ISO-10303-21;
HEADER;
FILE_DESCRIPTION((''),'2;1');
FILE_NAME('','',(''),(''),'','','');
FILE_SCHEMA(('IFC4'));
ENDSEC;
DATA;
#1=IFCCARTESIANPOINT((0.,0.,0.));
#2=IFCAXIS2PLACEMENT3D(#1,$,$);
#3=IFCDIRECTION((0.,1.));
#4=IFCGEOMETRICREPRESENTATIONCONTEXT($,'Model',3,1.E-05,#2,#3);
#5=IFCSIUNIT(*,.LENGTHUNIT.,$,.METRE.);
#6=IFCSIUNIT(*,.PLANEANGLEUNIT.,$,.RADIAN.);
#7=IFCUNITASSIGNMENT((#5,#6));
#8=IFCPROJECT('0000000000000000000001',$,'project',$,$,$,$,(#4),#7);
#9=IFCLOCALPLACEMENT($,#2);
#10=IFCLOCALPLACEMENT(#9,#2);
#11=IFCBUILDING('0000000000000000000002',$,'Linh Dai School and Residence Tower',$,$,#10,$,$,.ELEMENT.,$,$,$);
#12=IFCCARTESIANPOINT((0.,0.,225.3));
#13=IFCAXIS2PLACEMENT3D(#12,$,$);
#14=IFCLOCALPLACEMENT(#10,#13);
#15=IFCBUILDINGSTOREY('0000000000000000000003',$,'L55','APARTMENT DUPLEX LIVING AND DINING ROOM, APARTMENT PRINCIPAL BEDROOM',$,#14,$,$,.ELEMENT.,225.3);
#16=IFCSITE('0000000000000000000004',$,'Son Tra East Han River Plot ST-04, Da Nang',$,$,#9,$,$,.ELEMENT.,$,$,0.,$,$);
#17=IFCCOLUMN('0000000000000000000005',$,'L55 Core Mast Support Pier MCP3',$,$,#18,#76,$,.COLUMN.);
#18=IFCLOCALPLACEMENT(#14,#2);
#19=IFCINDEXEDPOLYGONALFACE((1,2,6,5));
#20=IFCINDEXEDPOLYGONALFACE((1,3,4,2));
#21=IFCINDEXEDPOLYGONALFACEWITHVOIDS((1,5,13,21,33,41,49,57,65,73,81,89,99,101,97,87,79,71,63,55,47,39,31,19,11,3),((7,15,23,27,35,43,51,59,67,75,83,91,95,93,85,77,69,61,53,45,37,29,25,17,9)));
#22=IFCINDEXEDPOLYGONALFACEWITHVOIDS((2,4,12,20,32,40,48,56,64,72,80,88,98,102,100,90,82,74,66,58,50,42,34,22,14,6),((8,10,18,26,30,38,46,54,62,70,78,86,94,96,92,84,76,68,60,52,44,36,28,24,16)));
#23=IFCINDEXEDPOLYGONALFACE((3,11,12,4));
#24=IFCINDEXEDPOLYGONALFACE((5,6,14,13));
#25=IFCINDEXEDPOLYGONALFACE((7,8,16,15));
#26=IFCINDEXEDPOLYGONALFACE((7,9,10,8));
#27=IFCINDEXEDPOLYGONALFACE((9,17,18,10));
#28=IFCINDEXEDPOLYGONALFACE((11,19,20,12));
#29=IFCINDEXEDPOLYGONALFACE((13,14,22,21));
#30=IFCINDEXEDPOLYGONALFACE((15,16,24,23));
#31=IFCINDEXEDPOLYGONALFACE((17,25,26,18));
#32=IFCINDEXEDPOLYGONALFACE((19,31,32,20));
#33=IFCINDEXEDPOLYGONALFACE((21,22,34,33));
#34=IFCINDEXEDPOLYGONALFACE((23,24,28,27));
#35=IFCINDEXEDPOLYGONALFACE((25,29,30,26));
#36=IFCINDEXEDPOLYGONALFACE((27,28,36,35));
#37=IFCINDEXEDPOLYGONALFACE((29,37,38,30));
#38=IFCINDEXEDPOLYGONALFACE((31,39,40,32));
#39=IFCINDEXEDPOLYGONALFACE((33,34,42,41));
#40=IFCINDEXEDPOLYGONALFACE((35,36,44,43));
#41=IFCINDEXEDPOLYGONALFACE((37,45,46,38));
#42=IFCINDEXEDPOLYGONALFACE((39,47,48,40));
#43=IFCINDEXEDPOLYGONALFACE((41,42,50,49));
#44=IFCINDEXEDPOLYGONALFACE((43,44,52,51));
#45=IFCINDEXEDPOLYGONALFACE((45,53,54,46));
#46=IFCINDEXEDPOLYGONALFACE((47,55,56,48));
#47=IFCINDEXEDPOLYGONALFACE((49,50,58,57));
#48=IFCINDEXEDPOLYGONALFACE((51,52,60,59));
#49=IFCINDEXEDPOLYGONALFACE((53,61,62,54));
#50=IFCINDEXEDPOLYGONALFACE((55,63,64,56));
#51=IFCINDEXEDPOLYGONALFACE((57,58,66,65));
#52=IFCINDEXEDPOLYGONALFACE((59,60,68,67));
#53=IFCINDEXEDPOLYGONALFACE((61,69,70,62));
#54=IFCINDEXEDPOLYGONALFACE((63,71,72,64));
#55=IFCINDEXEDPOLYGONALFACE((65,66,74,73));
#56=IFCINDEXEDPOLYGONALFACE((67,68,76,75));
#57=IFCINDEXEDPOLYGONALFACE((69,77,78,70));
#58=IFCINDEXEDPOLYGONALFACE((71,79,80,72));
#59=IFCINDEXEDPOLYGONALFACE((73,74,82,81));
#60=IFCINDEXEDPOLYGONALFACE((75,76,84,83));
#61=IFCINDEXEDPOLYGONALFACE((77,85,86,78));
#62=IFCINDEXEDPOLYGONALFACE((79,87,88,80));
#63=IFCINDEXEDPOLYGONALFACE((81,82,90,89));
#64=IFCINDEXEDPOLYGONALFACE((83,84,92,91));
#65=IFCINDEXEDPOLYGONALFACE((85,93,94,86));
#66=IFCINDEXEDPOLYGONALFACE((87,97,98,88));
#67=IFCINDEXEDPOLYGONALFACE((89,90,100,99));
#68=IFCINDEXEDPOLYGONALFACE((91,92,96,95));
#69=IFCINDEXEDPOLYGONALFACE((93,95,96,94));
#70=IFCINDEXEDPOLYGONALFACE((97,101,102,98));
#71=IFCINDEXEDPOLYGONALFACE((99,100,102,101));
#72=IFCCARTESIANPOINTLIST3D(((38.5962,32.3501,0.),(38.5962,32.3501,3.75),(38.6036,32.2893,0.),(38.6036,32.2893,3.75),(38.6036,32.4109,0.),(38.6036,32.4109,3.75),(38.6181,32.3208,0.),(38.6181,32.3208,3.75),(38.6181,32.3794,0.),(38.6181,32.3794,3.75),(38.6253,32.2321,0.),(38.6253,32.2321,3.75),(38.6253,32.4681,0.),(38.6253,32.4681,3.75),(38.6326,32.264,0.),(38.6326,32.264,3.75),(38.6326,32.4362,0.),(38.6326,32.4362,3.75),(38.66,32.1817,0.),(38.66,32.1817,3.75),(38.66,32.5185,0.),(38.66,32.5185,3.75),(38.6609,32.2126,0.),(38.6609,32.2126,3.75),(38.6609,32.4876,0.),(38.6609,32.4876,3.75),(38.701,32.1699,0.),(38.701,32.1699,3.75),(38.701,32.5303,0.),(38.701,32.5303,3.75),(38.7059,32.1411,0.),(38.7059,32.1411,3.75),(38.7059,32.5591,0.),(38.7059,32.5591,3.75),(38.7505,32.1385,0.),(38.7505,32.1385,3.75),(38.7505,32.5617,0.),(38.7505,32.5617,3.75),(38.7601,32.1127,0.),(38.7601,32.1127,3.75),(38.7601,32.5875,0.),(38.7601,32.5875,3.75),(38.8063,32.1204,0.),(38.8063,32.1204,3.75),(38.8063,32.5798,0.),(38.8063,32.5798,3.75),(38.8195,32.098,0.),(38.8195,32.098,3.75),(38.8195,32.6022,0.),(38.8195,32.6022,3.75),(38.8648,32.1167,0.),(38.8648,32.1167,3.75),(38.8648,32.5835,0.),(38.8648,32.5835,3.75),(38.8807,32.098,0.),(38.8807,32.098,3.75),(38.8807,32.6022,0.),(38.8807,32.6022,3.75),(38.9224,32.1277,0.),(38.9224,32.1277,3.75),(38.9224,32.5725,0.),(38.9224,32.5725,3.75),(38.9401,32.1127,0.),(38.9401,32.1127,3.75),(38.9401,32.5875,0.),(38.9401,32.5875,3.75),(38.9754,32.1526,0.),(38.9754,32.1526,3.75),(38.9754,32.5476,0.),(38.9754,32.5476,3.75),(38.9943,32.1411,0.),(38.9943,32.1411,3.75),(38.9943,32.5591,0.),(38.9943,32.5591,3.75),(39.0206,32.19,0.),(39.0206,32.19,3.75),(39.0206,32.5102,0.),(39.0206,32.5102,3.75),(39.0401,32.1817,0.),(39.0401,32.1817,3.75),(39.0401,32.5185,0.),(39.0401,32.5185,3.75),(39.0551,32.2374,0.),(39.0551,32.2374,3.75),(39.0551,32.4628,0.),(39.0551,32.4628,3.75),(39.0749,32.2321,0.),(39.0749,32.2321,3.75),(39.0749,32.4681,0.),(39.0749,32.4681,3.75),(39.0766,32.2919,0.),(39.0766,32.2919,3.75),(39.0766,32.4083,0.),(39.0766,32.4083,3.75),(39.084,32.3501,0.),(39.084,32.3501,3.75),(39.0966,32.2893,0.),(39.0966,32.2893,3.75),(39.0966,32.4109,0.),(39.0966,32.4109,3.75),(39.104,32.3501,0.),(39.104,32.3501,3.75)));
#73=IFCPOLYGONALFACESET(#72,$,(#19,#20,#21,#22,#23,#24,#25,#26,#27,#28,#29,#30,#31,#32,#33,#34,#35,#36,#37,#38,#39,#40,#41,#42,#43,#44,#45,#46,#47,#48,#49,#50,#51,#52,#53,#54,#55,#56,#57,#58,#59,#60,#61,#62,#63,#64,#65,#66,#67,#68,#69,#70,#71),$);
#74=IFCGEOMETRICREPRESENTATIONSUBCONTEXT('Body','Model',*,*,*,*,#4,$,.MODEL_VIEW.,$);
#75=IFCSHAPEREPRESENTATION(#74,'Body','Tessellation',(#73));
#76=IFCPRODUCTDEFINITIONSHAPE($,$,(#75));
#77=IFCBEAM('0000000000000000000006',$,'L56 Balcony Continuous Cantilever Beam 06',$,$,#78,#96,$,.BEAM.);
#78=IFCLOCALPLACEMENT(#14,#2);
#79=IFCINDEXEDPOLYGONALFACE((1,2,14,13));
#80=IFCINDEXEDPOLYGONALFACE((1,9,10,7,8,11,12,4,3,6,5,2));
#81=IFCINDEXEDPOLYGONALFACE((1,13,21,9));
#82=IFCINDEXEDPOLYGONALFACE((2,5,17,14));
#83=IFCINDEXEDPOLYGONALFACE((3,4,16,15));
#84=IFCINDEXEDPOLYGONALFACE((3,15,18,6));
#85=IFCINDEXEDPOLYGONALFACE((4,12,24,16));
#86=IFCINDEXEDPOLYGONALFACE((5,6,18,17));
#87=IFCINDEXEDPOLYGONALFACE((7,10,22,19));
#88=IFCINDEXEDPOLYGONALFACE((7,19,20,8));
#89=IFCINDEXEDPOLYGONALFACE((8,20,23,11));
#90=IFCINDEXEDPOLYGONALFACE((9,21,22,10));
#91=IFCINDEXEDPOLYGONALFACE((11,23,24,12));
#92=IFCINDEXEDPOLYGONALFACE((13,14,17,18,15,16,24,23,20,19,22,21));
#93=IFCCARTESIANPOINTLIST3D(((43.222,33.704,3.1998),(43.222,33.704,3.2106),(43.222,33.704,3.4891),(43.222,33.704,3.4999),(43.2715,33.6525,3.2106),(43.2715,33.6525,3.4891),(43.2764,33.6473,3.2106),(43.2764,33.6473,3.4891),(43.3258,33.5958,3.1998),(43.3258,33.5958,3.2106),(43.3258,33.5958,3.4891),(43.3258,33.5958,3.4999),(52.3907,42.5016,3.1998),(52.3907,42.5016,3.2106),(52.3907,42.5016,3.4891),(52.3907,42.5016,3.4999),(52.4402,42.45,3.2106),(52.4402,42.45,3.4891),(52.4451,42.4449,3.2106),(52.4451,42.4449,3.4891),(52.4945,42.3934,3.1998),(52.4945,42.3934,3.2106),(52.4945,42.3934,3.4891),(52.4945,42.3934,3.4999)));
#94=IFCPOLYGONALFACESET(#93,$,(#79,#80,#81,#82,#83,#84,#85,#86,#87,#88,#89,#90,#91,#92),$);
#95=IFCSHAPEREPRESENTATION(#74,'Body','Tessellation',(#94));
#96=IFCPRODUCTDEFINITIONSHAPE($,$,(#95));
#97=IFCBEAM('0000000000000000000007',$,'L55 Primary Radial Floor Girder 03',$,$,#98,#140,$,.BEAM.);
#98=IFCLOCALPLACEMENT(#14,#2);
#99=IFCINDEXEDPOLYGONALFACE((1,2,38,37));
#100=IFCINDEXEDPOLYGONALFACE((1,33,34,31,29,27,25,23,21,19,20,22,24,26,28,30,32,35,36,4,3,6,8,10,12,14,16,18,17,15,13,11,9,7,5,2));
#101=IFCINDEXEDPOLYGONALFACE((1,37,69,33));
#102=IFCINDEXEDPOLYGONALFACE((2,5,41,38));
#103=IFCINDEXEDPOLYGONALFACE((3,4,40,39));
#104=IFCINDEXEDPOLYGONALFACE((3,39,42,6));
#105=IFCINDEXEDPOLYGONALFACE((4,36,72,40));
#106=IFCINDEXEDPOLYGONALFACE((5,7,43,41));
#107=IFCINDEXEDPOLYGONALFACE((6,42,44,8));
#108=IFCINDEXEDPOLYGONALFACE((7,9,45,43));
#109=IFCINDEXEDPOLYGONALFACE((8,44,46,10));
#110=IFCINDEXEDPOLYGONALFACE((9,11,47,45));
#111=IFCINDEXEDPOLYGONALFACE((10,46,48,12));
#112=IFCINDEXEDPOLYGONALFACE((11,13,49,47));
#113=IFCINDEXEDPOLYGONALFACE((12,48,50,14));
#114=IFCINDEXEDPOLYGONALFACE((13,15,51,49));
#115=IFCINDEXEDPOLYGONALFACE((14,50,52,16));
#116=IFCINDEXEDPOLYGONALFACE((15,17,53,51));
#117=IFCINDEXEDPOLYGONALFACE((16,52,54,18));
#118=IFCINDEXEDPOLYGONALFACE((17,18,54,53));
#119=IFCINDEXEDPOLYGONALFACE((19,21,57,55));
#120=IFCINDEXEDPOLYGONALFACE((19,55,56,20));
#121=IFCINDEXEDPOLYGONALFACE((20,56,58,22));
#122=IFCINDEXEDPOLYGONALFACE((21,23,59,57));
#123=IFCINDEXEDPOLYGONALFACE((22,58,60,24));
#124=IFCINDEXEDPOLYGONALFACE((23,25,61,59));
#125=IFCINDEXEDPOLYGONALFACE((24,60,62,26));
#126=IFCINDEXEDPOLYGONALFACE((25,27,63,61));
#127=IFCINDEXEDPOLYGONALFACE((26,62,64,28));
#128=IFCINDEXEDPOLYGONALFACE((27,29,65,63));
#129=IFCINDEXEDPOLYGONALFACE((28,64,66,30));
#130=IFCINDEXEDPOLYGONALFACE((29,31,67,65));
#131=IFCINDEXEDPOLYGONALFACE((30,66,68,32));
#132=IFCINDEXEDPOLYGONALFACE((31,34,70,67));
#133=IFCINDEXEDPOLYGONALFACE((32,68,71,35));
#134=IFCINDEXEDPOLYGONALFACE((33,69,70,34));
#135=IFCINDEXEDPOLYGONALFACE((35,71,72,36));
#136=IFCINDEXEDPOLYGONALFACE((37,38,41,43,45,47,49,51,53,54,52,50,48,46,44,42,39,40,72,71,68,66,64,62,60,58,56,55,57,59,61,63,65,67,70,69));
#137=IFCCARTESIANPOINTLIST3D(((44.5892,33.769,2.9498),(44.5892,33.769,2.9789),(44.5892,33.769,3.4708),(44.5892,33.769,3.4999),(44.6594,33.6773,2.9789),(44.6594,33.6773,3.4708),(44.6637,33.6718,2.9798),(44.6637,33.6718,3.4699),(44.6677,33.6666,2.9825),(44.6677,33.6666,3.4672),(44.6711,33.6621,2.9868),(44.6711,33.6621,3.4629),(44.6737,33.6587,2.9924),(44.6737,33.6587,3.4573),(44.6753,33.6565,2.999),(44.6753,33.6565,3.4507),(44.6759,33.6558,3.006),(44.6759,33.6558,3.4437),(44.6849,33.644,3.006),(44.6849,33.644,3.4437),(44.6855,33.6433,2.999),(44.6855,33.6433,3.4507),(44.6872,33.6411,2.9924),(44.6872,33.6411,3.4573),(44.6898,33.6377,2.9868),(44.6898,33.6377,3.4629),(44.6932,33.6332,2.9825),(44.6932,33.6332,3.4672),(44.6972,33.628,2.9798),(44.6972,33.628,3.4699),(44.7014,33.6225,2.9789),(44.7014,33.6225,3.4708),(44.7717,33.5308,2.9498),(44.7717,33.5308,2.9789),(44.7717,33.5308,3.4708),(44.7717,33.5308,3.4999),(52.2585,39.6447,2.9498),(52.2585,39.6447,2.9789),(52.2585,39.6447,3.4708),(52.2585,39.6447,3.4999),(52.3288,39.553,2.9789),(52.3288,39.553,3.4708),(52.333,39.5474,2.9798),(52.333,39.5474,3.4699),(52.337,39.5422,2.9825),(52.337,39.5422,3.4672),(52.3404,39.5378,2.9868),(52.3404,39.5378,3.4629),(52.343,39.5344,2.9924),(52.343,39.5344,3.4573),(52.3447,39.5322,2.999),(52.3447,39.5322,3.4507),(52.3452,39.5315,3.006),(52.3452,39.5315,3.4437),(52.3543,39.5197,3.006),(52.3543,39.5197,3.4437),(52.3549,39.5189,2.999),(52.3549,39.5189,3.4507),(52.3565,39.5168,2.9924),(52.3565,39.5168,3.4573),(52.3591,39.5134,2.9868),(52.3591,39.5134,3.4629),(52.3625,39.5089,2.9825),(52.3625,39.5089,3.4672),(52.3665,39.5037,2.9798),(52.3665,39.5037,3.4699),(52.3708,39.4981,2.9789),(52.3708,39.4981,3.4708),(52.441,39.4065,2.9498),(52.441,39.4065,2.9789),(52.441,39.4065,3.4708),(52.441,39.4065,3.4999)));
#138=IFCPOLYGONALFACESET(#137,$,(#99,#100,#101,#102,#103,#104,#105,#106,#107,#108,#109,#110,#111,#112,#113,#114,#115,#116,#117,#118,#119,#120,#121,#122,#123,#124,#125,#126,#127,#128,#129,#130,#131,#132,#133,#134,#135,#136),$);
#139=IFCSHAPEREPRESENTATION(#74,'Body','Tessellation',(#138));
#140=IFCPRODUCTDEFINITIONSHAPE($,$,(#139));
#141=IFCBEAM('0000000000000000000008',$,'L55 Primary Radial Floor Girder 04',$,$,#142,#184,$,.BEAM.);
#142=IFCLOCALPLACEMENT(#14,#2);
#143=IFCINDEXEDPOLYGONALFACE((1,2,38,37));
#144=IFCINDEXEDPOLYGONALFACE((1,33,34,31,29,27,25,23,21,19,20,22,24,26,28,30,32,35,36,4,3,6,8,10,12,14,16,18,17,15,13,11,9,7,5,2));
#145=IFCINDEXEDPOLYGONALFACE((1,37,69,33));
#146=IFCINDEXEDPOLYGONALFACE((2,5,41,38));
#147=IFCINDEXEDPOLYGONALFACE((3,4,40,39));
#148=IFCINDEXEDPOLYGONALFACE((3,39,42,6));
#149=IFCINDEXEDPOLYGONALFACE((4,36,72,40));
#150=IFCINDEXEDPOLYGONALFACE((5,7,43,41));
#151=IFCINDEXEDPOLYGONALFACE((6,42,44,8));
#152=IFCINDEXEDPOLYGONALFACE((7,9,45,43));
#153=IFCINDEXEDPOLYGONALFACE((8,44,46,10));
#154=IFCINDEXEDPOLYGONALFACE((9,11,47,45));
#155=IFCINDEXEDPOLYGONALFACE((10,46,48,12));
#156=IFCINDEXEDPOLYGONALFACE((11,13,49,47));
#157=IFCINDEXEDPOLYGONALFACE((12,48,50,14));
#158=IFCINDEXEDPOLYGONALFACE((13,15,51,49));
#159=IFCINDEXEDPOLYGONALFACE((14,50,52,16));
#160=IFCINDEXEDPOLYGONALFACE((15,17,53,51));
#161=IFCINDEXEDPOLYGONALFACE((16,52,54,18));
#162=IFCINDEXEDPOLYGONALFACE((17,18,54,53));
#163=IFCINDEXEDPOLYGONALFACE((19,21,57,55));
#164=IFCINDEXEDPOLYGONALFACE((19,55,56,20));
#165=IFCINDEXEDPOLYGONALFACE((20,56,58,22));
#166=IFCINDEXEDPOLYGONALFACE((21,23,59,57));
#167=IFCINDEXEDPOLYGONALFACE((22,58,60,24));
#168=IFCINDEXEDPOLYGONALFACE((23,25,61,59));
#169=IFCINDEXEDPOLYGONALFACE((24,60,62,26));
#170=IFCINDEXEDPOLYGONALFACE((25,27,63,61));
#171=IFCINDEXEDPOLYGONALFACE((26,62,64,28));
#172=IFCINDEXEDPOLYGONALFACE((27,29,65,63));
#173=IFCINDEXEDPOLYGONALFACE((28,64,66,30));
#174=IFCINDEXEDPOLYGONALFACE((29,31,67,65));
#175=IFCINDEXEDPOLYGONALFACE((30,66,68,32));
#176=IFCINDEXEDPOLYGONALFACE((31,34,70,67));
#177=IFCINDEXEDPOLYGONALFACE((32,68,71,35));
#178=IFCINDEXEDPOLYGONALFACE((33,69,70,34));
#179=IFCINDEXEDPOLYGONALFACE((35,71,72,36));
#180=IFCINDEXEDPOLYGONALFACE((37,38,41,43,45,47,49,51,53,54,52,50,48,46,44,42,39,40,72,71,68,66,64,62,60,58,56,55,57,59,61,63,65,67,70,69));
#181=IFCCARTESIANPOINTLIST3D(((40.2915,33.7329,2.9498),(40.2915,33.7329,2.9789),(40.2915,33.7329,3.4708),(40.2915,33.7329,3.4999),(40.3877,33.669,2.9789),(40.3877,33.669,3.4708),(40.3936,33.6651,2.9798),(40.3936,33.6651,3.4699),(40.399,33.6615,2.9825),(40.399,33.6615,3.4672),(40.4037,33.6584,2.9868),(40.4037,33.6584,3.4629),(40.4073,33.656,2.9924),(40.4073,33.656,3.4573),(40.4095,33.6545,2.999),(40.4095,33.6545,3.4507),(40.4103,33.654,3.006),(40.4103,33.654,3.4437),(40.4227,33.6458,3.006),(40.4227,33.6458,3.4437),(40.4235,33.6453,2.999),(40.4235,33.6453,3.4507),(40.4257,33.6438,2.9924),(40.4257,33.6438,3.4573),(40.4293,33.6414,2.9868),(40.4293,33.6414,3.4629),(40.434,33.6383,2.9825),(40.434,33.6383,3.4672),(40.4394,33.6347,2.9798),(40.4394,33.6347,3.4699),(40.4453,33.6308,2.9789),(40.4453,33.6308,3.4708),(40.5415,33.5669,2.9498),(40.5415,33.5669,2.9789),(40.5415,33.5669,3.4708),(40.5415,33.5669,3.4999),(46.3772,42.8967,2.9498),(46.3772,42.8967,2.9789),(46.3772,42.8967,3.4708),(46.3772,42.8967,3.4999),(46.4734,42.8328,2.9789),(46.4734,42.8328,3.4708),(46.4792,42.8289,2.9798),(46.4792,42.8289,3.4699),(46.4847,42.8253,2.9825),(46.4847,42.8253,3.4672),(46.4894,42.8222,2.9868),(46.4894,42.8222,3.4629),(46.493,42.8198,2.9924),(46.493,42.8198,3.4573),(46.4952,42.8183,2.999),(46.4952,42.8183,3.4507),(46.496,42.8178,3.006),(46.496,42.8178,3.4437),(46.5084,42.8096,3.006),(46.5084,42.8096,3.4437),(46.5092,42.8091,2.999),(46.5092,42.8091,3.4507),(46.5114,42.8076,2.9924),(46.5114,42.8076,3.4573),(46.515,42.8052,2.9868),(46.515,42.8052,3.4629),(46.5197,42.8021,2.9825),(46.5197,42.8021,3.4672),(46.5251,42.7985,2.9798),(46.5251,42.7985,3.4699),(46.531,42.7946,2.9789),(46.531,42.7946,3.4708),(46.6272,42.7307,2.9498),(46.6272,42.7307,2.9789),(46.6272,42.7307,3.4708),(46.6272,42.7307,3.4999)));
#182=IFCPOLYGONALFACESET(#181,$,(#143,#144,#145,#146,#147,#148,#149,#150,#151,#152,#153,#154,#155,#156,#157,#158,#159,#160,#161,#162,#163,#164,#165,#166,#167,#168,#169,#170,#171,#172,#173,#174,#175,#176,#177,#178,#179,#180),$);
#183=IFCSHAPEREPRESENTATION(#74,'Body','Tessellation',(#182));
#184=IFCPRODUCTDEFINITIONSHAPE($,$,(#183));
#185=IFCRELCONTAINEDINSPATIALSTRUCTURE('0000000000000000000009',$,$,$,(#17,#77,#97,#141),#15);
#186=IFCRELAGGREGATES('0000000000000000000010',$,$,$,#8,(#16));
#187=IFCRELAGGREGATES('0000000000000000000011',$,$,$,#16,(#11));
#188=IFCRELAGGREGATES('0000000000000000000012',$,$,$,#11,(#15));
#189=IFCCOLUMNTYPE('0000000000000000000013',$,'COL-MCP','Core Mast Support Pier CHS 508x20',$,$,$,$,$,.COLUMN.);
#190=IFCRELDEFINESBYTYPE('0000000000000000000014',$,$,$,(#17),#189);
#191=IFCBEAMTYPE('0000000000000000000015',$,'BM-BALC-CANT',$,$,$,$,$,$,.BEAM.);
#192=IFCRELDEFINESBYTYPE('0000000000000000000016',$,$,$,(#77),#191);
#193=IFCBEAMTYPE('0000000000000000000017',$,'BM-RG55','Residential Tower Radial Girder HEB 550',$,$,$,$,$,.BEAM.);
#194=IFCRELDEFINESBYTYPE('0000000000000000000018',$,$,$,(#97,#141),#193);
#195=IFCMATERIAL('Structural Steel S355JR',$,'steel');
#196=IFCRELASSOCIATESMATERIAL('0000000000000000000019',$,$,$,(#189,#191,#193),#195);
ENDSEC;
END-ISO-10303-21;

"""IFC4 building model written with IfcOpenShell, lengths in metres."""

from ifc_helpers import new_model, si_unit, direction, frame, origin, origin_2d, place, context, subcontext, project, spatial, hollow_circle, i_section, extrude, material, material_profile, profile_set, type_object, element, save


model = new_model("IFC4")

# Units and contexts
model_context = context("Model", 3, precision=1e-05, world=origin(), true_north=direction((0.0, 1.0)))
body_context = subcontext(model_context, "Body", "Model", "MODEL_VIEW")
ifc_project = project(units=[si_unit("LENGTHUNIT", "METRE"), si_unit("PLANEANGLEUNIT", "RADIAN")], contexts=[model_context])

# Site, building, storey
site_placement = place(None, origin())
site = spatial("IfcSite", under=ifc_project, at=site_placement, Name="Son Tra East Han River Plot ST-04, Da Nang", CompositionType="ELEMENT", RefElevation=0.0)
building_placement = place(site_placement, origin())
building = spatial("IfcBuilding", under=site, at=building_placement, Name="Linh Dai School and Residence Tower", CompositionType="ELEMENT")
storey_placement = place(building_placement, frame((0.0, 0.0, 225.3)))
storey = spatial("IfcBuildingStorey", under=building, at=storey_placement, Name="L55", Description="APARTMENT DUPLEX LIVING AND DINING ROOM, APARTMENT PRINCIPAL BEDROOM", CompositionType="ELEMENT", Elevation=225.3)

# Column
ifc_material_1 = material(Name="Structural Steel S355JR", Category="steel")
ifc_material_profile_1 = material_profile(ifc_material_1, hollow_circle(Radius=0.2539, WallThickness=0.02, at=origin_2d()), Name="CHS 508x20")
ifc_profile_set_1 = profile_set([ifc_material_profile_1], Name="Structural Steel S355JR")
column_type_1 = type_object("IfcColumnType", Name="COL-MCP", Description="Core Mast Support Pier CHS 508x20", PredefinedType="COLUMN", material=ifc_profile_set_1)
column_placement = place(storey_placement, frame((38.8501, 32.3501, 0.0), z_axis=(0.0, 0.0, 1.0), x_axis=(1.0, 0.0, 0.0)))
element("IfcColumn", 1, at=column_placement, inside=storey, type_object=column_type_1, Name="L55 Core Mast Support Pier MCP3", PredefinedType="COLUMN", context=body_context, shape_type="SweptSolid", body=[
    extrude(hollow_circle(Radius=0.2539, WallThickness=0.02, at=origin_2d()), origin(), (0.0, 0.0, 1.0), 3.75),
])

# Beams
ifc_material_profile_2 = material_profile(ifc_material_1, i_section(OverallWidth=0.1499, OverallDepth=0.3, WebThickness=0.0071, FlangeThickness=0.0107, at=origin_2d()), Name="IPE 300")
ifc_profile_set_2 = profile_set([ifc_material_profile_2], Name="Structural Steel S355JR")
beam_type_1 = type_object("IfcBeamType", Name="BM-BALC-CANT", PredefinedType="BEAM", material=ifc_profile_set_2)
beam_1_placement = place(storey_placement, frame((43.2739, 33.6499, 3.3499), z_axis=(0.721558, 0.692354, 0.0), x_axis=(-0.692354, 0.721558, 0.0)))
element("IfcBeam", 2, at=beam_1_placement, inside=storey, type_object=beam_type_1, Name="L56 Balcony Continuous Cantilever Beam 06", PredefinedType="BEAM", context=body_context, shape_type="SweptSolid", body=[
    extrude(i_section(OverallWidth=0.1499, OverallDepth=0.3, WebThickness=0.0071, FlangeThickness=0.0107, at=origin_2d()), origin(), (0.0, 0.0, 1.0), 12.7068),
])
ifc_material_profile_3 = material_profile(ifc_material_1, i_section(OverallWidth=0.3, OverallDepth=0.55, WebThickness=0.0149, FlangeThickness=0.0291, FilletRadius=0.0271, at=origin_2d()), Name="HEB 550")
ifc_profile_set_3 = profile_set([ifc_material_profile_3], Name="Structural Steel S355JR")
beam_type_2 = type_object("IfcBeamType", Name="BM-RG55", Description="Residential Tower Radial Girder HEB 550", PredefinedType="BEAM", material=ifc_profile_set_3)
beam_2_placement = place(storey_placement, frame((44.6804, 33.6499, 3.2249), z_axis=(0.793815, 0.60816, 0.0), x_axis=(-0.60816, 0.793815, 0.0)))
element("IfcBeam", 3, at=beam_2_placement, inside=storey, type_object=beam_type_2, Name="L55 Primary Radial Floor Girder 03", PredefinedType="BEAM", context=body_context, shape_type="SweptSolid", body=[
    extrude(i_section(OverallWidth=0.3, OverallDepth=0.55, WebThickness=0.0149, FlangeThickness=0.0291, FilletRadius=0.0271, at=origin_2d()), origin(), (0.0, 0.0, 1.0), 9.6614),
])
beam_3_placement = place(storey_placement, frame((40.4165, 33.6499, 3.2249), z_axis=(0.553219, 0.833036, 0.0), x_axis=(-0.833036, 0.553219, 0.0)))
element("IfcBeam", 4, at=beam_3_placement, inside=storey, type_object=beam_type_2, Name="L55 Primary Radial Floor Girder 04", PredefinedType="BEAM", context=body_context, shape_type="SweptSolid", body=[
    extrude(i_section(OverallWidth=0.3, OverallDepth=0.55, WebThickness=0.0149, FlangeThickness=0.0291, FilletRadius=0.0271, at=origin_2d()), origin(), (0.0, 0.0, 1.0), 11.0005),
])

save(model, "model.ifc")
